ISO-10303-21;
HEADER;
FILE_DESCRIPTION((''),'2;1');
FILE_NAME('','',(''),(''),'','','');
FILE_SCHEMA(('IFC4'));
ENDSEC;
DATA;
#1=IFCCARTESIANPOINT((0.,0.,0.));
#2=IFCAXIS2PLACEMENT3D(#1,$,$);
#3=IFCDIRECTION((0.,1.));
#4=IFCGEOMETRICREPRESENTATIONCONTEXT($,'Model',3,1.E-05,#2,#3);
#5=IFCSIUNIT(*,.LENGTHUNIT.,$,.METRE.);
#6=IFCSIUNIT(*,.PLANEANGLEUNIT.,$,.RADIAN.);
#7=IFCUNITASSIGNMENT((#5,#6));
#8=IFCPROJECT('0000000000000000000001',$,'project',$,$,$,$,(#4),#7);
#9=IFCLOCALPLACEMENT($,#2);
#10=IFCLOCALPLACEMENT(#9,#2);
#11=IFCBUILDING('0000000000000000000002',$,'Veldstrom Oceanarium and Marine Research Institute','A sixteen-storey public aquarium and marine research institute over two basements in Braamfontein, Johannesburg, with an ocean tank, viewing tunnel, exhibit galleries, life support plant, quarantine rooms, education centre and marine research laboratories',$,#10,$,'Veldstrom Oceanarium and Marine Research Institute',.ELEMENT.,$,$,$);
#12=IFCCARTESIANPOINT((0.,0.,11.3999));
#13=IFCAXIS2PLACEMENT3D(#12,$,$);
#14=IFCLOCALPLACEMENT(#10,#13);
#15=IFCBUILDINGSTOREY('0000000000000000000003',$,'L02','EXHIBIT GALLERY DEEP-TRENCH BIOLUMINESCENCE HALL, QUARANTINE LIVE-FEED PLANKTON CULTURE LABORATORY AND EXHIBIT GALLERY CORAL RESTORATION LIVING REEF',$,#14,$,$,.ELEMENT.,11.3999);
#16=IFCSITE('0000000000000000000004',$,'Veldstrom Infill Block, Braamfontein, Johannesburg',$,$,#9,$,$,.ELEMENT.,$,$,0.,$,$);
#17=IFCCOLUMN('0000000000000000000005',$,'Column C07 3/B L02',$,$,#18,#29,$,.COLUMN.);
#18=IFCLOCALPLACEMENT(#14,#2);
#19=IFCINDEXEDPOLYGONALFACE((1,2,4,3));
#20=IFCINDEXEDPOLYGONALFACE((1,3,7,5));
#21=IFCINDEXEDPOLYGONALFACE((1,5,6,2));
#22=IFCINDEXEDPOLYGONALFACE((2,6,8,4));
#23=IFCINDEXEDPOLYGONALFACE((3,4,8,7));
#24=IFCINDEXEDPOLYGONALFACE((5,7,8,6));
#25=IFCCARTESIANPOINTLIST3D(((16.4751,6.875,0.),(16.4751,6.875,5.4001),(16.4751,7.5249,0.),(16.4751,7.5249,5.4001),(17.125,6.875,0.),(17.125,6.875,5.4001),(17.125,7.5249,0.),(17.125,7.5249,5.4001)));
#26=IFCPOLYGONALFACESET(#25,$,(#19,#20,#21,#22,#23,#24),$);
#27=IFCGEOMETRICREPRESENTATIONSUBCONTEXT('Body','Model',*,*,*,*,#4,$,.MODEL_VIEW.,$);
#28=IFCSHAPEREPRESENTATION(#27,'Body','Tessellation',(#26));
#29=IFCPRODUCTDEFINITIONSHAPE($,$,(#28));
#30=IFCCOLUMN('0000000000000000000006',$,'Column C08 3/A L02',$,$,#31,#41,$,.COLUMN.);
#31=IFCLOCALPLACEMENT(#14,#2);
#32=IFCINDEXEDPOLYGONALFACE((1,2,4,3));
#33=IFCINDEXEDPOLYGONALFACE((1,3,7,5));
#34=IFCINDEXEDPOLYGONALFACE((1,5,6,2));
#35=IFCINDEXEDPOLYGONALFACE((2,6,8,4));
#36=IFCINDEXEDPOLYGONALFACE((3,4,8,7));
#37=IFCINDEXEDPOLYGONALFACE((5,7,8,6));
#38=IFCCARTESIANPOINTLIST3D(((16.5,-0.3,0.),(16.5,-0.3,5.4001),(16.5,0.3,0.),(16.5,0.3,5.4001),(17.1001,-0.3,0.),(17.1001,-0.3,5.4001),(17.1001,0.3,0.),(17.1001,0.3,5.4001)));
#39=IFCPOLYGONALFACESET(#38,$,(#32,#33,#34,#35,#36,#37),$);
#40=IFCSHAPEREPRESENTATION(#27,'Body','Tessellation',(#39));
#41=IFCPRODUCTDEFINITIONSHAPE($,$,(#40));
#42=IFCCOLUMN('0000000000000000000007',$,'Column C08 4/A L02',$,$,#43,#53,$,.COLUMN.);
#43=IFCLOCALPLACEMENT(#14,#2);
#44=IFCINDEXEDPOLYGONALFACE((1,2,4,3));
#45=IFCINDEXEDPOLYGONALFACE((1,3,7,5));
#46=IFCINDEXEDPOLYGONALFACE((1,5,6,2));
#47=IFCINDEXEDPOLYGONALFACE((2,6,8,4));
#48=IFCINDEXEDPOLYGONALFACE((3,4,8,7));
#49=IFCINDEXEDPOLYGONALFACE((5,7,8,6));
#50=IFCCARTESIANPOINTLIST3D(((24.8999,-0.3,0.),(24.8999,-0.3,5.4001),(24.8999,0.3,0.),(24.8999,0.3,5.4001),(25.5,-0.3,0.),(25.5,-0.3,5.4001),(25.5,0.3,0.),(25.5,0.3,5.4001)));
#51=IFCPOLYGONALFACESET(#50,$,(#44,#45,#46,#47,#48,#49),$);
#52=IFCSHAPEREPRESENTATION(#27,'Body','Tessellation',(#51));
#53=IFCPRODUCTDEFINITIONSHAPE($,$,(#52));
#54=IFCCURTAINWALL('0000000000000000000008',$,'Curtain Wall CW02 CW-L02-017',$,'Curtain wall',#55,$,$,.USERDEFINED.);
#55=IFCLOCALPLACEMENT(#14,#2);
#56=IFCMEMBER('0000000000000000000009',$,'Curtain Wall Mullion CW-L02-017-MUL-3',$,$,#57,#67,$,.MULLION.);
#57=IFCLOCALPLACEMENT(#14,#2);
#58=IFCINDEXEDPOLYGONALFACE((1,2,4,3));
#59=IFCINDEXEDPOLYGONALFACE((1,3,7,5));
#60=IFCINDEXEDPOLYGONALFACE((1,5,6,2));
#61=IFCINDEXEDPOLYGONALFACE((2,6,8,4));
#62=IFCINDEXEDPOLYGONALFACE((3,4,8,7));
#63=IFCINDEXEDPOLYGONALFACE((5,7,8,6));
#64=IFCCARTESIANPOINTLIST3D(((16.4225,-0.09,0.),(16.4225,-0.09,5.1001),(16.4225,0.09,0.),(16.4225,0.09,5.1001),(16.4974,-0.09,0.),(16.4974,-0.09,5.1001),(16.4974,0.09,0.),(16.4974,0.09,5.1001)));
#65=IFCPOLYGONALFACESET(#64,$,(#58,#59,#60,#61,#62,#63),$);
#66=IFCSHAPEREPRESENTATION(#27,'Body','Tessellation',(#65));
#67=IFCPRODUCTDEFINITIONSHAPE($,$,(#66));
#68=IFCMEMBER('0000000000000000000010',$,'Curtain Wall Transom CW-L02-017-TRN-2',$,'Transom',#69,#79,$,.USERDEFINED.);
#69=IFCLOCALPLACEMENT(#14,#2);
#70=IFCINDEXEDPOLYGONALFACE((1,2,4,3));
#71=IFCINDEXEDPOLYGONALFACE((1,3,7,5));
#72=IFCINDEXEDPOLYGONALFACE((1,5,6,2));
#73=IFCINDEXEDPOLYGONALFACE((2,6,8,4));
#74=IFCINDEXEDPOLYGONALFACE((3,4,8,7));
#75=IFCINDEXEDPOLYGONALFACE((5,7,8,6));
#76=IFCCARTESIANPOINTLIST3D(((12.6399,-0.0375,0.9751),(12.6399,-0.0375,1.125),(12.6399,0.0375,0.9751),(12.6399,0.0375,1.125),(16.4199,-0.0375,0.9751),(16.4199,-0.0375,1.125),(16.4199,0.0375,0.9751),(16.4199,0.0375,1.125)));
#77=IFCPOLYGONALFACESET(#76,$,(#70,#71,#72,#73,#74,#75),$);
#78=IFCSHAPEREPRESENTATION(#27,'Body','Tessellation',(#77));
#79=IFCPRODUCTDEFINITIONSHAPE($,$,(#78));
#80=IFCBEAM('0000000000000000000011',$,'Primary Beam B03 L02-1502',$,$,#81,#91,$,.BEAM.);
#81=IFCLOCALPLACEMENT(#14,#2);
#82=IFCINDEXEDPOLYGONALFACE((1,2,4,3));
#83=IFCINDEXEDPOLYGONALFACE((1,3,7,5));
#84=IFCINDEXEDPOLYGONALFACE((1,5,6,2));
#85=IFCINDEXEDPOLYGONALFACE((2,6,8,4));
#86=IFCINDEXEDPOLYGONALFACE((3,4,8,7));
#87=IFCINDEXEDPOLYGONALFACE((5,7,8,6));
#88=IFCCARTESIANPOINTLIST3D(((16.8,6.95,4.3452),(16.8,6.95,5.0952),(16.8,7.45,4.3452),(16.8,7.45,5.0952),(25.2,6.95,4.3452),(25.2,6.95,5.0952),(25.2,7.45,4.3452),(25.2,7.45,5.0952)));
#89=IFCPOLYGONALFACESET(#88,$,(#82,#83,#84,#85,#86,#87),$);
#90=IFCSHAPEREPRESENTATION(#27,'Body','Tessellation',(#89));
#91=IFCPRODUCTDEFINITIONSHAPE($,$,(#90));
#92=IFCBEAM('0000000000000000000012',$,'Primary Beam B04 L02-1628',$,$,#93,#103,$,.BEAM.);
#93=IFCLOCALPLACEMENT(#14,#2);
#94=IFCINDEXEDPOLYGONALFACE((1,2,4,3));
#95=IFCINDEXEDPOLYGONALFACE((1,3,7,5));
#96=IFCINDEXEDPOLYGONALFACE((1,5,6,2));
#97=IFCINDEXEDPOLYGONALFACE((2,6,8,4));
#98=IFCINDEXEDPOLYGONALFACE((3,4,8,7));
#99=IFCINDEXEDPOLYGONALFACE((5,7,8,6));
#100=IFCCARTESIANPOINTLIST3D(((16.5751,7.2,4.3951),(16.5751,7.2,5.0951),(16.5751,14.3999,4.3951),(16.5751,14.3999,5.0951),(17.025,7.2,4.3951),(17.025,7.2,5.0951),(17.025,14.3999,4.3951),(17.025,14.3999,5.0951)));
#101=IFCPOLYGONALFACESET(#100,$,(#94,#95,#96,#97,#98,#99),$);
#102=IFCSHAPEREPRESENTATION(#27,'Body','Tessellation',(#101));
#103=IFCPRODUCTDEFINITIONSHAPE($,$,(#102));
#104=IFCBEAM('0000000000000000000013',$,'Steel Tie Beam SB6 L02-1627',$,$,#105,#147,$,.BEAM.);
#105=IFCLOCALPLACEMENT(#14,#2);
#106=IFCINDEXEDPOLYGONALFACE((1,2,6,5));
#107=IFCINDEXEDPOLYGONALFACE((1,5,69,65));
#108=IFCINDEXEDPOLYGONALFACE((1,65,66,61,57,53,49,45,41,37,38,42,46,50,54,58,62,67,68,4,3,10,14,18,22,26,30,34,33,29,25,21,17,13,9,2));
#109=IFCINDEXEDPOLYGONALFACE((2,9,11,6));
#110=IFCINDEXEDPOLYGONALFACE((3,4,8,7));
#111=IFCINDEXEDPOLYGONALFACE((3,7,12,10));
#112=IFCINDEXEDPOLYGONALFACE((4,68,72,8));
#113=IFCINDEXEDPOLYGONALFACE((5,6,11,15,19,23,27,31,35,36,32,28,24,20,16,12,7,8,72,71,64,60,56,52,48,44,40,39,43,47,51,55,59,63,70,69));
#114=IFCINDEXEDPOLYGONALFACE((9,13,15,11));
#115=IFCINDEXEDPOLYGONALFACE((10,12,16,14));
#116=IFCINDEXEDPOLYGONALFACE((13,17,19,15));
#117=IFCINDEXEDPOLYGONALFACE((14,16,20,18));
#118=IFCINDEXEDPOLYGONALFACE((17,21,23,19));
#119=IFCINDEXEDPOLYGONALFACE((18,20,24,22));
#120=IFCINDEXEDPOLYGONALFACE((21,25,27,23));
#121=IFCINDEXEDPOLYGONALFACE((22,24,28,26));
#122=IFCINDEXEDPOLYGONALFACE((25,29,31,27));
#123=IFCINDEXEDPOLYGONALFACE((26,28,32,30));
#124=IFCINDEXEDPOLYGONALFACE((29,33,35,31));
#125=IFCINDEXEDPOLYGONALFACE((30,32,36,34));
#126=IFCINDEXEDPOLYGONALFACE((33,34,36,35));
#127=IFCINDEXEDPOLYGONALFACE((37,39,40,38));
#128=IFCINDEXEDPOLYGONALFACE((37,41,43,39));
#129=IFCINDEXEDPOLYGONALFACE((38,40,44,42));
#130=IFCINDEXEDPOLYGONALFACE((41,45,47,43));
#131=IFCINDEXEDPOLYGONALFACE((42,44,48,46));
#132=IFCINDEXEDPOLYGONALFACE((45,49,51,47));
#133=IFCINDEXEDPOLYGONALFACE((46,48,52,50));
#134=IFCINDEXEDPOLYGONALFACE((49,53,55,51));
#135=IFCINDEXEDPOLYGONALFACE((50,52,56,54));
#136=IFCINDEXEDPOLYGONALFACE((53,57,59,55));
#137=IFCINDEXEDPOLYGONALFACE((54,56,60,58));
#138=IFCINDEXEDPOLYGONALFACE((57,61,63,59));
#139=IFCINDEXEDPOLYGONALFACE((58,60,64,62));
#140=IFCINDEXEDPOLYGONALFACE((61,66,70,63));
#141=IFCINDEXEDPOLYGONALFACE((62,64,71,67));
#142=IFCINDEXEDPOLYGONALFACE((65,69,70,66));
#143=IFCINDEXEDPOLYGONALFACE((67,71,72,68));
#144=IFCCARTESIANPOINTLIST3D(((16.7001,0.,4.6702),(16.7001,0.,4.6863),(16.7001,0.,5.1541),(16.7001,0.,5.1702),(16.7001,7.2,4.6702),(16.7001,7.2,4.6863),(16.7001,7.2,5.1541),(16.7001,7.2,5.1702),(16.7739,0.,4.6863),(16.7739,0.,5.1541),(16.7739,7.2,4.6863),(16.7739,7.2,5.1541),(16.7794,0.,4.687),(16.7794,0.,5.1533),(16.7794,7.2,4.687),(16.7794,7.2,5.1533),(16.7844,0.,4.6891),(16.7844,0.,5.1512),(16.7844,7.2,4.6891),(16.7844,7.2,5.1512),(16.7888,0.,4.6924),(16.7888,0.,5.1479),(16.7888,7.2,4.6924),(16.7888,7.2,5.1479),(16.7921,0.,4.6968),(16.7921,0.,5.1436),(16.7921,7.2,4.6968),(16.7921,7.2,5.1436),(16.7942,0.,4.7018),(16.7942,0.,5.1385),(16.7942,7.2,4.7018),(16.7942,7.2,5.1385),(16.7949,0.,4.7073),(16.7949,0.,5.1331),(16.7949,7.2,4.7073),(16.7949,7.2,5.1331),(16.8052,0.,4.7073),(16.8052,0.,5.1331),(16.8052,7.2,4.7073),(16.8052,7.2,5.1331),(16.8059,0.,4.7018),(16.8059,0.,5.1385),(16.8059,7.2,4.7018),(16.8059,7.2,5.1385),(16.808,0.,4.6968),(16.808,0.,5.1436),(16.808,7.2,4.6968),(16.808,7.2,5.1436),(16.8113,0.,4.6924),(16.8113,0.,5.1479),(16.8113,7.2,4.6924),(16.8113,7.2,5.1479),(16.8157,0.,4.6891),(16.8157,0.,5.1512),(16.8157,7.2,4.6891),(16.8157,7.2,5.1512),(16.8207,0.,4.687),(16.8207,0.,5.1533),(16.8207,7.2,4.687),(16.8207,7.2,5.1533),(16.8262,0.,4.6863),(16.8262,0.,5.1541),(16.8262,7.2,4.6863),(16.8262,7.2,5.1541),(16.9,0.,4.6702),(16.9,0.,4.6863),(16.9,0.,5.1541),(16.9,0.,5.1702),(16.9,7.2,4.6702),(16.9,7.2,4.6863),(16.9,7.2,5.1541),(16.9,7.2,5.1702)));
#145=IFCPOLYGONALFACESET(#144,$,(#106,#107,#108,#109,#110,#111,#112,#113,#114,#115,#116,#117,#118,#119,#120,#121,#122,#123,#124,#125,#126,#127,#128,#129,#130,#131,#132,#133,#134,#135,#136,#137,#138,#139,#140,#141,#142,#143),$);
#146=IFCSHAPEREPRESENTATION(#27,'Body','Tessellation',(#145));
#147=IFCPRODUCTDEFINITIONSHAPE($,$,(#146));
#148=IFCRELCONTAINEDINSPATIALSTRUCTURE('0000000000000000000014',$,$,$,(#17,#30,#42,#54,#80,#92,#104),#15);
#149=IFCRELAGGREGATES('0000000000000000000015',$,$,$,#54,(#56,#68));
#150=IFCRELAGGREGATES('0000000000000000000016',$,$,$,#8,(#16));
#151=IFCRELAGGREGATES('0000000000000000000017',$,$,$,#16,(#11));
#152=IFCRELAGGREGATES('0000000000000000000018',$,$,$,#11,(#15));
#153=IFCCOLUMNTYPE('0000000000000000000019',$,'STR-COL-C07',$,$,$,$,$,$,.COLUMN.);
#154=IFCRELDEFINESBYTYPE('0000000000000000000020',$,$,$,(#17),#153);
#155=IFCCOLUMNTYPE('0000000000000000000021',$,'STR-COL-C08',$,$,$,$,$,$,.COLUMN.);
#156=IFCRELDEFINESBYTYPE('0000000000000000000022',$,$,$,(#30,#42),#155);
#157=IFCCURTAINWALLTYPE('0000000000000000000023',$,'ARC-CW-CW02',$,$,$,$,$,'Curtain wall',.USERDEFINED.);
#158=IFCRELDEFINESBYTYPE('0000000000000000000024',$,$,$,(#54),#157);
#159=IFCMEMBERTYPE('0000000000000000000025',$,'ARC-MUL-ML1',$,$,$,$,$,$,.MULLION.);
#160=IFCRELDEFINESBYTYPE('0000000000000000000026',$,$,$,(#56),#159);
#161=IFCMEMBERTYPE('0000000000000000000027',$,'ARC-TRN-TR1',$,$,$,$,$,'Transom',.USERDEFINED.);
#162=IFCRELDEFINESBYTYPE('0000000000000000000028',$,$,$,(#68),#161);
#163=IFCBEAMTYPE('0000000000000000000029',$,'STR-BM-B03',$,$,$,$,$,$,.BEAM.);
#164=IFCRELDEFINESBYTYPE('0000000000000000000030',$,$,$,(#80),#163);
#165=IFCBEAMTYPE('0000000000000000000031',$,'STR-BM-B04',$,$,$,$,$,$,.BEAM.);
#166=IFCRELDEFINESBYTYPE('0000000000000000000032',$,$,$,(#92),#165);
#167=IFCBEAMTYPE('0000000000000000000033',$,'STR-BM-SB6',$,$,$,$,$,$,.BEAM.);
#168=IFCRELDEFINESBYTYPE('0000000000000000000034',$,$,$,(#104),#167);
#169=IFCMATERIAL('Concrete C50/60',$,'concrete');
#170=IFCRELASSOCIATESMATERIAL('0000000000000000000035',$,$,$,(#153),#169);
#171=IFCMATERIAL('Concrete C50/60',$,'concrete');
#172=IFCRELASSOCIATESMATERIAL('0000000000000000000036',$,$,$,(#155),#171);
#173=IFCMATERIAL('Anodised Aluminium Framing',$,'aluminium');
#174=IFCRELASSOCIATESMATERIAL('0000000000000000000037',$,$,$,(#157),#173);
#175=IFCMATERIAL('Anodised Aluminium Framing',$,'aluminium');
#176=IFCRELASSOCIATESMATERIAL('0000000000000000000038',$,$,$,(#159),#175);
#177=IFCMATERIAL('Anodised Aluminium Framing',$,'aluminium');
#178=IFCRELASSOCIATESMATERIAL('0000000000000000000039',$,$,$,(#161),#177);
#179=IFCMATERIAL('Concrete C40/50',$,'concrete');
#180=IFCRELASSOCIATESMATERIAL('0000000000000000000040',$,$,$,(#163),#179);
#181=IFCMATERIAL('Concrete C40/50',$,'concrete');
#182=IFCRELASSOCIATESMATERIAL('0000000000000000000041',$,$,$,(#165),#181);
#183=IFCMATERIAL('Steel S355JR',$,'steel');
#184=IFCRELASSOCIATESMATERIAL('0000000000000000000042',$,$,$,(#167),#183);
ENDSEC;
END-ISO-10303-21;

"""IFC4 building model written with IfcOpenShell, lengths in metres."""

from ifc_helpers import new_model, si_unit, direction, frame, origin, origin_2d, place, context, subcontext, project, spatial, rectangle, i_section, extrude, material, material_profile, profile_set, type_object, element, aggregate, save


model = new_model("IFC4")

# Units and contexts
model_context = context("Model", 3, precision=1e-05, world=origin(), true_north=direction((0.0, 1.0)))
body_context = subcontext(model_context, "Body", "Model", "MODEL_VIEW")
ifc_project = project(units=[si_unit("LENGTHUNIT", "METRE"), si_unit("PLANEANGLEUNIT", "RADIAN")], contexts=[model_context])

# Site, building, storey
site_placement = place(None, origin())
site = spatial("IfcSite", under=ifc_project, at=site_placement, Name="Veldstrom Infill Block, Braamfontein, Johannesburg", CompositionType="ELEMENT", RefElevation=0.0)
building_placement = place(site_placement, origin())
building = spatial("IfcBuilding", under=site, at=building_placement, Name="Veldstrom Oceanarium and Marine Research Institute", Description="A sixteen-storey public aquarium and marine research institute over two basements in Braamfontein, Johannesburg, with an ocean tank, viewing tunnel, exhibit galleries, life support plant, quarantine rooms, education centre and marine research laboratories", LongName="Veldstrom Oceanarium and Marine Research Institute", CompositionType="ELEMENT")
storey_placement = place(building_placement, frame((0.0, 0.0, 11.3999)))
storey = spatial("IfcBuildingStorey", under=building, at=storey_placement, Name="L02", Description="EXHIBIT GALLERY DEEP-TRENCH BIOLUMINESCENCE HALL, QUARANTINE LIVE-FEED PLANKTON CULTURE LABORATORY AND EXHIBIT GALLERY CORAL RESTORATION LIVING REEF", CompositionType="ELEMENT", Elevation=11.3999)

# Columns
ifc_material_1 = material(Name="Concrete C50/60", Category="concrete")
ifc_material_profile_1 = material_profile(ifc_material_1, rectangle(XDim=0.6499, YDim=0.6499, at=origin_2d()), Name="RC-COL-650x650")
ifc_profile_set_1 = profile_set([ifc_material_profile_1], Name="Concrete C50/60")
column_type_1 = type_object("IfcColumnType", Name="STR-COL-C07", PredefinedType="COLUMN", material=ifc_profile_set_1)
column_placement = place(storey_placement, frame((16.8, 7.2, 0.0), z_axis=(0.0, 0.0, 1.0), x_axis=(1.0, 0.0, 0.0)))
element("IfcColumn", 1, at=column_placement, inside=storey, type_object=column_type_1, Name="Column C07 3/B L02", PredefinedType="COLUMN", context=body_context, shape_type="SweptSolid", body=[
    extrude(rectangle(XDim=0.6499, YDim=0.6499, at=origin_2d()), origin(), (0.0, 0.0, 1.0), 5.4001),
])
ifc_material_2 = material(Name="Concrete C50/60", Category="concrete")
ifc_material_profile_2 = material_profile(ifc_material_2, rectangle(XDim=0.6001, YDim=0.6001, at=origin_2d()), Name="RC-COL-600x600")
ifc_profile_set_2 = profile_set([ifc_material_profile_2], Name="Concrete C50/60")
column_type_2 = type_object("IfcColumnType", Name="STR-COL-C08", PredefinedType="COLUMN", material=ifc_profile_set_2)
for number, where, z_axis, x_axis, name in (
    (2, (16.8, 0.0, 0.0), (0.0, 0.0, 1.0), (1.0, 0.0, 0.0), "Column C08 3/A L02"),
    (3, (25.2, 0.0, 0.0), (0.0, 0.0, 1.0), (1.0, 0.0, 0.0), "Column C08 4/A L02"),
):
    element("IfcColumn", number, at=place(storey_placement, frame(where, z_axis=z_axis, x_axis=x_axis)), inside=storey, type_object=column_type_2, Name=name, PredefinedType="COLUMN", context=body_context, shape_type="SweptSolid", body=[
        extrude(rectangle(XDim=0.6001, YDim=0.6001, at=origin_2d()), origin(), (0.0, 0.0, 1.0), 5.4001),
    ])

# Curtain wall, members
ifc_material_3 = material(Name="Anodised Aluminium Framing", Category="aluminium")
curtain_wall_type = type_object("IfcCurtainWallType", Name="ARC-CW-CW02", ElementType="Curtain wall", PredefinedType="USERDEFINED", material=ifc_material_3)
curtain_wall_placement = place(storey_placement, origin())
curtain_wall = element("IfcCurtainWall", 4, at=curtain_wall_placement, inside=storey, type_object=curtain_wall_type, Name="Curtain Wall CW02 CW-L02-017", ObjectType="Curtain wall", PredefinedType="USERDEFINED")
ifc_material_4 = material(Name="Anodised Aluminium Framing", Category="aluminium")
ifc_material_profile_3 = material_profile(ifc_material_4, rectangle(XDim=0.075, YDim=0.1799, at=origin_2d()), Name="ALU-MUL-75x180")
ifc_profile_set_3 = profile_set([ifc_material_profile_3], Name="Anodised Aluminium Framing")
member_type_1 = type_object("IfcMemberType", Name="ARC-MUL-ML1", PredefinedType="MULLION", material=ifc_profile_set_3)
member_1_placement = place(storey_placement, frame((16.46, 0.0, 0.0), z_axis=(0.0, 0.0, 1.0), x_axis=(1.0, 0.0, 0.0)))
member_1 = element("IfcMember", 5, at=member_1_placement, type_object=member_type_1, Name="Curtain Wall Mullion CW-L02-017-MUL-3", PredefinedType="MULLION", context=body_context, shape_type="SweptSolid", body=[
    extrude(rectangle(XDim=0.075, YDim=0.1799, at=origin_2d()), origin(), (0.0, 0.0, 1.0), 5.1001),
])
ifc_material_5 = material(Name="Anodised Aluminium Framing", Category="aluminium")
ifc_material_profile_4 = material_profile(ifc_material_5, rectangle(XDim=0.075, YDim=0.1499, at=origin_2d()), Name="ALU-TRN-75x150")
ifc_profile_set_4 = profile_set([ifc_material_profile_4], Name="Anodised Aluminium Framing")
member_type_2 = type_object("IfcMemberType", Name="ARC-TRN-TR1", ElementType="Transom", PredefinedType="USERDEFINED", material=ifc_profile_set_4)
member_2_placement = place(storey_placement, frame((12.6399, 0.0, 1.05), z_axis=(1.0, 0.0, 0.0), x_axis=(0.0, 1.0, 0.0)))
member_2 = element("IfcMember", 6, at=member_2_placement, type_object=member_type_2, Name="Curtain Wall Transom CW-L02-017-TRN-2", ObjectType="Transom", PredefinedType="USERDEFINED", context=body_context, shape_type="SweptSolid", body=[
    extrude(rectangle(XDim=0.075, YDim=0.1499, at=origin_2d()), origin(), (0.0, 0.0, 1.0), 3.78),
])

# Beams
ifc_material_6 = material(Name="Concrete C40/50", Category="concrete")
ifc_material_profile_5 = material_profile(ifc_material_6, rectangle(XDim=0.5, YDim=0.75, at=origin_2d()), Name="RC-BM-500x750")
ifc_profile_set_5 = profile_set([ifc_material_profile_5], Name="Concrete C40/50")
beam_type_1 = type_object("IfcBeamType", Name="STR-BM-B03", PredefinedType="BEAM", material=ifc_profile_set_5)
beam_1_placement = place(storey_placement, frame((16.8, 7.2, 4.7202), z_axis=(1.0, 0.0, 0.0), x_axis=(0.0, 1.0, 0.0)))
element("IfcBeam", 7, at=beam_1_placement, inside=storey, type_object=beam_type_1, Name="Primary Beam B03 L02-1502", PredefinedType="BEAM", context=body_context, shape_type="SweptSolid", body=[
    extrude(rectangle(XDim=0.5, YDim=0.75, at=origin_2d()), origin(), (0.0, 0.0, 1.0), 8.3999),
])
ifc_material_7 = material(Name="Concrete C40/50", Category="concrete")
ifc_material_profile_6 = material_profile(ifc_material_7, rectangle(XDim=0.45, YDim=0.7, at=origin_2d()), Name="RC-BM-450x700")
ifc_profile_set_6 = profile_set([ifc_material_profile_6], Name="Concrete C40/50")
beam_type_2 = type_object("IfcBeamType", Name="STR-BM-B04", PredefinedType="BEAM", material=ifc_profile_set_6)
beam_2_placement = place(storey_placement, frame((16.8, 7.2, 4.7451), z_axis=(0.0, 1.0, 0.0), x_axis=(-1.0, 0.0, 0.0)))
element("IfcBeam", 8, at=beam_2_placement, inside=storey, type_object=beam_type_2, Name="Primary Beam B04 L02-1628", PredefinedType="BEAM", context=body_context, shape_type="SweptSolid", body=[
    extrude(rectangle(XDim=0.45, YDim=0.7, at=origin_2d()), origin(), (0.0, 0.0, 1.0), 7.2),
])
ifc_material_8 = material(Name="Steel S355JR", Category="steel")
ifc_material_profile_7 = material_profile(ifc_material_8, i_section(OverallWidth=0.2, OverallDepth=0.5, WebThickness=0.0103, FlangeThickness=0.0161, FilletRadius=0.021, at=origin_2d()), Name="IPE 500")
ifc_profile_set_7 = profile_set([ifc_material_profile_7], Name="Steel S355JR")
beam_type_3 = type_object("IfcBeamType", Name="STR-BM-SB6", PredefinedType="BEAM", material=ifc_profile_set_7)
beam_3_placement = place(storey_placement, frame((16.8, 0.0, 4.9202), z_axis=(0.0, 1.0, 0.0), x_axis=(-1.0, 0.0, 0.0)))
element("IfcBeam", 9, at=beam_3_placement, inside=storey, type_object=beam_type_3, Name="Steel Tie Beam SB6 L02-1627", PredefinedType="BEAM", context=body_context, shape_type="SweptSolid", body=[
    extrude(i_section(OverallWidth=0.2, OverallDepth=0.5, WebThickness=0.0103, FlangeThickness=0.0161, FilletRadius=0.021, at=origin_2d()), origin(), (0.0, 0.0, 1.0), 7.2),
])

aggregate(curtain_wall, [member_1, member_2])

save(model, "model.ifc")
